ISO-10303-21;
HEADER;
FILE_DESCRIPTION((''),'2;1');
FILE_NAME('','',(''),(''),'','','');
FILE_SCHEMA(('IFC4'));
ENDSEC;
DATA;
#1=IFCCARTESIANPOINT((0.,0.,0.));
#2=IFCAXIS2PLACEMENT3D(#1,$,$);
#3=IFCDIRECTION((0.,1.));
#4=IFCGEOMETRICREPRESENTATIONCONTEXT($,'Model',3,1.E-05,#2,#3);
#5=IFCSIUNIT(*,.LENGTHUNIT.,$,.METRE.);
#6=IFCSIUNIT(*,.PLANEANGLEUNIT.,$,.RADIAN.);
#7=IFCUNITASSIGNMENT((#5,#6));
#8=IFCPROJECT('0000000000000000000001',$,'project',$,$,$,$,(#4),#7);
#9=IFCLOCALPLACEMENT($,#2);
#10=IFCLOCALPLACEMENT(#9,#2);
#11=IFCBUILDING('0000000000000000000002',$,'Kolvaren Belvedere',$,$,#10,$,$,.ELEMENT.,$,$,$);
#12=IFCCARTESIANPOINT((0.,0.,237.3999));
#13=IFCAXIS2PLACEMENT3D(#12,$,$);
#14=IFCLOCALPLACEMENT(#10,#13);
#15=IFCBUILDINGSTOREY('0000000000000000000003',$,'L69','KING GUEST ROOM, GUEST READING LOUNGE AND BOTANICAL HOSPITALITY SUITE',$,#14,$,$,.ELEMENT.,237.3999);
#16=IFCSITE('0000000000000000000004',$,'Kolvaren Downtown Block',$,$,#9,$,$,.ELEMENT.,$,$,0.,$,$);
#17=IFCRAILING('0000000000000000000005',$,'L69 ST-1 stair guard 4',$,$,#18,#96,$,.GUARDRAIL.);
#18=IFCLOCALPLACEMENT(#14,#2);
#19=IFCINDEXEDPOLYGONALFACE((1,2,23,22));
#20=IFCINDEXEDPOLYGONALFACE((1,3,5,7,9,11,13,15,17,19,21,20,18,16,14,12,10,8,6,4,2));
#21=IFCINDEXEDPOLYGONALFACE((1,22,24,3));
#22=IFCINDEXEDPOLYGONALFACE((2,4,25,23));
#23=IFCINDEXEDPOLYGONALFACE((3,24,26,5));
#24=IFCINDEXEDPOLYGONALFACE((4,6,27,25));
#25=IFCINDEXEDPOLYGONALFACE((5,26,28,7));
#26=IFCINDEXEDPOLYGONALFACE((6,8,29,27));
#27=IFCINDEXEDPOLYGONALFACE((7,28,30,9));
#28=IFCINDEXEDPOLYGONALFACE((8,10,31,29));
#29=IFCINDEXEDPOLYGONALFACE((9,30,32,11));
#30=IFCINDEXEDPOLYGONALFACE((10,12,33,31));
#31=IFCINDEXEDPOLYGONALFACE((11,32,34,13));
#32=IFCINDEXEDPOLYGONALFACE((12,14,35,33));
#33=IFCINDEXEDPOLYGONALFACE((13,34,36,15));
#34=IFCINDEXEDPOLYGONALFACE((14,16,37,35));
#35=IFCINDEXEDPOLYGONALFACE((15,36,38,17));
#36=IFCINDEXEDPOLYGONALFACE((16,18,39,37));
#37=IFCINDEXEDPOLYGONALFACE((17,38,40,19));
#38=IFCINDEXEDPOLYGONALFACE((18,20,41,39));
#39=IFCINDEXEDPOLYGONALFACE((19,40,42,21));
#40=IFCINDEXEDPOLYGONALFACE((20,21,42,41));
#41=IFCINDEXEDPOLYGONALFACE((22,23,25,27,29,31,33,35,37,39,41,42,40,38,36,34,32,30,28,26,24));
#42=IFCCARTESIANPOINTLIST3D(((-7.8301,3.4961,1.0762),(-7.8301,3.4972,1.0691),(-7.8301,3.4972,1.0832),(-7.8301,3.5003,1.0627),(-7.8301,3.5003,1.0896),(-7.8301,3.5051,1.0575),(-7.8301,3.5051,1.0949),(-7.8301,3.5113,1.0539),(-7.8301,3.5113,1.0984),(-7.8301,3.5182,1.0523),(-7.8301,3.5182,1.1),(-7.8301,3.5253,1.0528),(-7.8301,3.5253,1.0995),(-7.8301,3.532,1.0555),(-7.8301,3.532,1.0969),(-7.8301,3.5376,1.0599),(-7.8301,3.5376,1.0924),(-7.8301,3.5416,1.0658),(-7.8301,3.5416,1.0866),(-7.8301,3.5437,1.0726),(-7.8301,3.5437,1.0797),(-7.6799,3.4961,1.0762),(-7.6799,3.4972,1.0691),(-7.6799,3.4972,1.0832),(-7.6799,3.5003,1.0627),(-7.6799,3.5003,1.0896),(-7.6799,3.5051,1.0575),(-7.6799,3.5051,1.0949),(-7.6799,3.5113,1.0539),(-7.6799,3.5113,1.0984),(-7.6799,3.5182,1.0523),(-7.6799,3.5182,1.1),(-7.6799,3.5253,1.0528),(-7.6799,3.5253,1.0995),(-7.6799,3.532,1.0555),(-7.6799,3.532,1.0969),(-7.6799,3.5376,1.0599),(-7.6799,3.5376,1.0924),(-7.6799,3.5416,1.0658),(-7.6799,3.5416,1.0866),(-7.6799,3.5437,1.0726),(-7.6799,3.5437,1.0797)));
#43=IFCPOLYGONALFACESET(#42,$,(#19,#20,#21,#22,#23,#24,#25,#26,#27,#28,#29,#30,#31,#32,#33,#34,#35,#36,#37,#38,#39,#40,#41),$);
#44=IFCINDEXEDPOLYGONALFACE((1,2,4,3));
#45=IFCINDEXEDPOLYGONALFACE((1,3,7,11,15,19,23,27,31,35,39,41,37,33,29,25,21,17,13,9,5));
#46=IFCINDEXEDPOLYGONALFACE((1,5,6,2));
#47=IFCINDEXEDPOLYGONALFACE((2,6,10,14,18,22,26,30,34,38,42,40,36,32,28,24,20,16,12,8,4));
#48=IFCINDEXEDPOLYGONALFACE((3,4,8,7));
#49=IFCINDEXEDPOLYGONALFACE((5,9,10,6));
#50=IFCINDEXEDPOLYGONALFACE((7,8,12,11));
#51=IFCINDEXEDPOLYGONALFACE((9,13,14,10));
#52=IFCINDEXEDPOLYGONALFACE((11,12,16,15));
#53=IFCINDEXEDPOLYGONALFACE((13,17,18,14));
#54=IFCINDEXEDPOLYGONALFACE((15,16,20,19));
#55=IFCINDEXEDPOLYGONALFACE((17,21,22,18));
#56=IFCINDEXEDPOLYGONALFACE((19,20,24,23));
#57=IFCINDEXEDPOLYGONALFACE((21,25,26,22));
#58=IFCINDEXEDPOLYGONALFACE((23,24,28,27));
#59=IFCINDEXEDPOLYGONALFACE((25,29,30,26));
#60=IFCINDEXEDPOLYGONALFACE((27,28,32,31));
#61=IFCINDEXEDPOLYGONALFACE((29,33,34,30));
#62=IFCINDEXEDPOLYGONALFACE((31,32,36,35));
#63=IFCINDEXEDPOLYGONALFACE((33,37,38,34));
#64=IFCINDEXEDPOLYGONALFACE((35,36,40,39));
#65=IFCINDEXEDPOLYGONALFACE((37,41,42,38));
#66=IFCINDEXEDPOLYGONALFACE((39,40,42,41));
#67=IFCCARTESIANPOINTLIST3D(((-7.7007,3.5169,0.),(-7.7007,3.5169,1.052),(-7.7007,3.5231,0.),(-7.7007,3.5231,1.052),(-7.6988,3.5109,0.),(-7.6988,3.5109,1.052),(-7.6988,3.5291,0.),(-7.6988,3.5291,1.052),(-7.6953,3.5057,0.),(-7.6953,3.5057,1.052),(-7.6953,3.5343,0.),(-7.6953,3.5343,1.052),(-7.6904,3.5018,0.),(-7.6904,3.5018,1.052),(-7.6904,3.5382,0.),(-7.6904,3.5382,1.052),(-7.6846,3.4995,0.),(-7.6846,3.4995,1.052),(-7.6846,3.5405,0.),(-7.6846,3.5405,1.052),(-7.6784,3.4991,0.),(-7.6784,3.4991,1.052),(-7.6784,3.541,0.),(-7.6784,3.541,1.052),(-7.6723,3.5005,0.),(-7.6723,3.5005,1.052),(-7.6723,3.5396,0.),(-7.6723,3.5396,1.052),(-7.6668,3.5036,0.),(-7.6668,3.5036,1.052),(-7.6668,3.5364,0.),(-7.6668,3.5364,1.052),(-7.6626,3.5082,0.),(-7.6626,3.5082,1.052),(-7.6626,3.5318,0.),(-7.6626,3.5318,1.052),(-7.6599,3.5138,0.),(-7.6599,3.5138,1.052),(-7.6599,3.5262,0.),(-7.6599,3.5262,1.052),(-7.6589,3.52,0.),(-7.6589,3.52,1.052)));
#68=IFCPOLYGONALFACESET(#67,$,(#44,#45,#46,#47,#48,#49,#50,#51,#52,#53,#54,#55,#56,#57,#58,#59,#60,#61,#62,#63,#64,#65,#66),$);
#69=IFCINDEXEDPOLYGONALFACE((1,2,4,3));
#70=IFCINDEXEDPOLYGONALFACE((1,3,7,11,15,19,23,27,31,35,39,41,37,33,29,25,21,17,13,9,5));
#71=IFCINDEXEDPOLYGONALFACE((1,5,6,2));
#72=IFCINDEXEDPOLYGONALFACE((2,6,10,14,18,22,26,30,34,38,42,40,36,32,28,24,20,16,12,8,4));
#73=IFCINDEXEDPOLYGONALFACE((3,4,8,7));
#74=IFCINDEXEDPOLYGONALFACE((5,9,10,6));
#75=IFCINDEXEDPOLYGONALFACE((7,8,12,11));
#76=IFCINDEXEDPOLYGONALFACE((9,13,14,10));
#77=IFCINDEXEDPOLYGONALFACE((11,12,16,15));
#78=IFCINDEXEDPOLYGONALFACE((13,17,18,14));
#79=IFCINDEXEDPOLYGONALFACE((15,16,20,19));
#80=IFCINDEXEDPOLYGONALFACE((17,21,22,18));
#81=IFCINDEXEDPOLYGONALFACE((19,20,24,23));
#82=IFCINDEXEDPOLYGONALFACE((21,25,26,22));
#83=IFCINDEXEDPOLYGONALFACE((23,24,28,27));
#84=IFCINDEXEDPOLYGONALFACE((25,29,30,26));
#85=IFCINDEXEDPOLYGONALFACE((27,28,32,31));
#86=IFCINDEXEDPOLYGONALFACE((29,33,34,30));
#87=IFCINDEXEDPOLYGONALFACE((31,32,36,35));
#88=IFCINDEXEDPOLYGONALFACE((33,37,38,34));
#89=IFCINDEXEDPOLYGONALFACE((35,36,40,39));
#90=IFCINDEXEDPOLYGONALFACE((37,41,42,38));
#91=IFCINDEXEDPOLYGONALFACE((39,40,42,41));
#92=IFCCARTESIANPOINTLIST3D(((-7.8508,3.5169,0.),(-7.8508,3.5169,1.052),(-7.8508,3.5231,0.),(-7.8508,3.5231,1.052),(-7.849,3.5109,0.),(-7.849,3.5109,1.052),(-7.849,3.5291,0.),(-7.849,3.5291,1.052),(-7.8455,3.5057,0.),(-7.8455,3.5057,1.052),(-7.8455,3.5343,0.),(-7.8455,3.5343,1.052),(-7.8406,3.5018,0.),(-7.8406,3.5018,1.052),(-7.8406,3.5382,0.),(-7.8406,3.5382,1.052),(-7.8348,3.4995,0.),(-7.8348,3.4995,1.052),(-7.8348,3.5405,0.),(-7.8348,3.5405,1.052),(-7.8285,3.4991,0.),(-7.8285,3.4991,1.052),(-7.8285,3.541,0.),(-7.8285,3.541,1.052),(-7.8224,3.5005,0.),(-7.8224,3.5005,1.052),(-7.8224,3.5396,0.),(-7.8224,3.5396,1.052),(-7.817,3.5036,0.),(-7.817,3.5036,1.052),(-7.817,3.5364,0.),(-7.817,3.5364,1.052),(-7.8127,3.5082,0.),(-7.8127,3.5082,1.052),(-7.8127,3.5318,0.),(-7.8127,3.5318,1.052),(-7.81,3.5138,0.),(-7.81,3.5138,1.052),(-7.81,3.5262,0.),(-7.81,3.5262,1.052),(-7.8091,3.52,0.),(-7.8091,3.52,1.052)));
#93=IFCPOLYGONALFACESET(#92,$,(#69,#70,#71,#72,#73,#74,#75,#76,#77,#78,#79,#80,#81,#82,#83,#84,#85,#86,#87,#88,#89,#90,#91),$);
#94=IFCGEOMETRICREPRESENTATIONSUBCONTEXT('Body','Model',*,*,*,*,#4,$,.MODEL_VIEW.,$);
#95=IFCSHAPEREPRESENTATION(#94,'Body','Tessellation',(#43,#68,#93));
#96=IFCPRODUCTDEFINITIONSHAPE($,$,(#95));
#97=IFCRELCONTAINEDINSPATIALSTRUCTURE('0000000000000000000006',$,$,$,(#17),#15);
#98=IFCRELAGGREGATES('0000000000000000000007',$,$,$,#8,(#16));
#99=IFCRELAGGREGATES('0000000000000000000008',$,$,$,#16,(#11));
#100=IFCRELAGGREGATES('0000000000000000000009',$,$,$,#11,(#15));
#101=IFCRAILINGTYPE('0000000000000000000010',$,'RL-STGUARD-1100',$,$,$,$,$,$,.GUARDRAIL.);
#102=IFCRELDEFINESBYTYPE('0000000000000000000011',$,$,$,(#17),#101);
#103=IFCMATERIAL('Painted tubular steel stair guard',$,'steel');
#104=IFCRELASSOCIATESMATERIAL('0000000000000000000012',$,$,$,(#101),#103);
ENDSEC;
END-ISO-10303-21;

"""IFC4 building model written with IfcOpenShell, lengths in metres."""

from ifc_helpers import new_model, si_unit, direction, frame, origin, origin_2d, place, context, subcontext, project, spatial, circle, extrude, material, type_object, element, save


model = new_model("IFC4")

# Units and contexts
model_context = context("Model", 3, precision=1e-05, world=origin(), true_north=direction((0.0, 1.0)))
body_context = subcontext(model_context, "Body", "Model", "MODEL_VIEW")
ifc_project = project(units=[si_unit("LENGTHUNIT", "METRE"), si_unit("PLANEANGLEUNIT", "RADIAN")], contexts=[model_context])

# Site, building, storey
site_placement = place(None, origin())
site = spatial("IfcSite", under=ifc_project, at=site_placement, Name="Kolvaren Downtown Block", CompositionType="ELEMENT", RefElevation=0.0)
building_placement = place(site_placement, origin())
building = spatial("IfcBuilding", under=site, at=building_placement, Name="Kolvaren Belvedere", CompositionType="ELEMENT")
storey_placement = place(building_placement, frame((0.0, 0.0, 237.3999)))
storey = spatial("IfcBuildingStorey", under=building, at=storey_placement, Name="L69", Description="KING GUEST ROOM, GUEST READING LOUNGE AND BOTANICAL HOSPITALITY SUITE", CompositionType="ELEMENT", Elevation=237.3999)

# Railing
ifc_material_1 = material(Name="Painted tubular steel stair guard", Category="steel")
railing_type_1 = type_object("IfcRailingType", Name="RL-STGUARD-1100", PredefinedType="GUARDRAIL", material=ifc_material_1)
railing_1_placement = place(storey_placement, frame((-7.6799, 3.52, 0.0)))
element("IfcRailing", 1, at=railing_1_placement, inside=storey, type_object=railing_type_1, Name="L69 ST-1 stair guard 4", PredefinedType="GUARDRAIL", context=body_context, shape_type="SweptSolid", body=[
    extrude(circle(Radius=0.0239, at=origin_2d()), frame((0.0, 0.0, 1.0762), z_axis=(-1.0, 0.0, 0.0), x_axis=(0.0, -1.0, 0.0)), (0.0, 0.0, 1.0), 0.1501),
    extrude(circle(Radius=0.021, at=origin_2d()), origin(), (0.0, 0.0, 1.0), 1.052),
    extrude(circle(Radius=0.021, at=origin_2d()), frame((-0.1501, 0.0, 0.0)), (0.0, 0.0, 1.0), 1.052),
])

save(model, "model.ifc")
